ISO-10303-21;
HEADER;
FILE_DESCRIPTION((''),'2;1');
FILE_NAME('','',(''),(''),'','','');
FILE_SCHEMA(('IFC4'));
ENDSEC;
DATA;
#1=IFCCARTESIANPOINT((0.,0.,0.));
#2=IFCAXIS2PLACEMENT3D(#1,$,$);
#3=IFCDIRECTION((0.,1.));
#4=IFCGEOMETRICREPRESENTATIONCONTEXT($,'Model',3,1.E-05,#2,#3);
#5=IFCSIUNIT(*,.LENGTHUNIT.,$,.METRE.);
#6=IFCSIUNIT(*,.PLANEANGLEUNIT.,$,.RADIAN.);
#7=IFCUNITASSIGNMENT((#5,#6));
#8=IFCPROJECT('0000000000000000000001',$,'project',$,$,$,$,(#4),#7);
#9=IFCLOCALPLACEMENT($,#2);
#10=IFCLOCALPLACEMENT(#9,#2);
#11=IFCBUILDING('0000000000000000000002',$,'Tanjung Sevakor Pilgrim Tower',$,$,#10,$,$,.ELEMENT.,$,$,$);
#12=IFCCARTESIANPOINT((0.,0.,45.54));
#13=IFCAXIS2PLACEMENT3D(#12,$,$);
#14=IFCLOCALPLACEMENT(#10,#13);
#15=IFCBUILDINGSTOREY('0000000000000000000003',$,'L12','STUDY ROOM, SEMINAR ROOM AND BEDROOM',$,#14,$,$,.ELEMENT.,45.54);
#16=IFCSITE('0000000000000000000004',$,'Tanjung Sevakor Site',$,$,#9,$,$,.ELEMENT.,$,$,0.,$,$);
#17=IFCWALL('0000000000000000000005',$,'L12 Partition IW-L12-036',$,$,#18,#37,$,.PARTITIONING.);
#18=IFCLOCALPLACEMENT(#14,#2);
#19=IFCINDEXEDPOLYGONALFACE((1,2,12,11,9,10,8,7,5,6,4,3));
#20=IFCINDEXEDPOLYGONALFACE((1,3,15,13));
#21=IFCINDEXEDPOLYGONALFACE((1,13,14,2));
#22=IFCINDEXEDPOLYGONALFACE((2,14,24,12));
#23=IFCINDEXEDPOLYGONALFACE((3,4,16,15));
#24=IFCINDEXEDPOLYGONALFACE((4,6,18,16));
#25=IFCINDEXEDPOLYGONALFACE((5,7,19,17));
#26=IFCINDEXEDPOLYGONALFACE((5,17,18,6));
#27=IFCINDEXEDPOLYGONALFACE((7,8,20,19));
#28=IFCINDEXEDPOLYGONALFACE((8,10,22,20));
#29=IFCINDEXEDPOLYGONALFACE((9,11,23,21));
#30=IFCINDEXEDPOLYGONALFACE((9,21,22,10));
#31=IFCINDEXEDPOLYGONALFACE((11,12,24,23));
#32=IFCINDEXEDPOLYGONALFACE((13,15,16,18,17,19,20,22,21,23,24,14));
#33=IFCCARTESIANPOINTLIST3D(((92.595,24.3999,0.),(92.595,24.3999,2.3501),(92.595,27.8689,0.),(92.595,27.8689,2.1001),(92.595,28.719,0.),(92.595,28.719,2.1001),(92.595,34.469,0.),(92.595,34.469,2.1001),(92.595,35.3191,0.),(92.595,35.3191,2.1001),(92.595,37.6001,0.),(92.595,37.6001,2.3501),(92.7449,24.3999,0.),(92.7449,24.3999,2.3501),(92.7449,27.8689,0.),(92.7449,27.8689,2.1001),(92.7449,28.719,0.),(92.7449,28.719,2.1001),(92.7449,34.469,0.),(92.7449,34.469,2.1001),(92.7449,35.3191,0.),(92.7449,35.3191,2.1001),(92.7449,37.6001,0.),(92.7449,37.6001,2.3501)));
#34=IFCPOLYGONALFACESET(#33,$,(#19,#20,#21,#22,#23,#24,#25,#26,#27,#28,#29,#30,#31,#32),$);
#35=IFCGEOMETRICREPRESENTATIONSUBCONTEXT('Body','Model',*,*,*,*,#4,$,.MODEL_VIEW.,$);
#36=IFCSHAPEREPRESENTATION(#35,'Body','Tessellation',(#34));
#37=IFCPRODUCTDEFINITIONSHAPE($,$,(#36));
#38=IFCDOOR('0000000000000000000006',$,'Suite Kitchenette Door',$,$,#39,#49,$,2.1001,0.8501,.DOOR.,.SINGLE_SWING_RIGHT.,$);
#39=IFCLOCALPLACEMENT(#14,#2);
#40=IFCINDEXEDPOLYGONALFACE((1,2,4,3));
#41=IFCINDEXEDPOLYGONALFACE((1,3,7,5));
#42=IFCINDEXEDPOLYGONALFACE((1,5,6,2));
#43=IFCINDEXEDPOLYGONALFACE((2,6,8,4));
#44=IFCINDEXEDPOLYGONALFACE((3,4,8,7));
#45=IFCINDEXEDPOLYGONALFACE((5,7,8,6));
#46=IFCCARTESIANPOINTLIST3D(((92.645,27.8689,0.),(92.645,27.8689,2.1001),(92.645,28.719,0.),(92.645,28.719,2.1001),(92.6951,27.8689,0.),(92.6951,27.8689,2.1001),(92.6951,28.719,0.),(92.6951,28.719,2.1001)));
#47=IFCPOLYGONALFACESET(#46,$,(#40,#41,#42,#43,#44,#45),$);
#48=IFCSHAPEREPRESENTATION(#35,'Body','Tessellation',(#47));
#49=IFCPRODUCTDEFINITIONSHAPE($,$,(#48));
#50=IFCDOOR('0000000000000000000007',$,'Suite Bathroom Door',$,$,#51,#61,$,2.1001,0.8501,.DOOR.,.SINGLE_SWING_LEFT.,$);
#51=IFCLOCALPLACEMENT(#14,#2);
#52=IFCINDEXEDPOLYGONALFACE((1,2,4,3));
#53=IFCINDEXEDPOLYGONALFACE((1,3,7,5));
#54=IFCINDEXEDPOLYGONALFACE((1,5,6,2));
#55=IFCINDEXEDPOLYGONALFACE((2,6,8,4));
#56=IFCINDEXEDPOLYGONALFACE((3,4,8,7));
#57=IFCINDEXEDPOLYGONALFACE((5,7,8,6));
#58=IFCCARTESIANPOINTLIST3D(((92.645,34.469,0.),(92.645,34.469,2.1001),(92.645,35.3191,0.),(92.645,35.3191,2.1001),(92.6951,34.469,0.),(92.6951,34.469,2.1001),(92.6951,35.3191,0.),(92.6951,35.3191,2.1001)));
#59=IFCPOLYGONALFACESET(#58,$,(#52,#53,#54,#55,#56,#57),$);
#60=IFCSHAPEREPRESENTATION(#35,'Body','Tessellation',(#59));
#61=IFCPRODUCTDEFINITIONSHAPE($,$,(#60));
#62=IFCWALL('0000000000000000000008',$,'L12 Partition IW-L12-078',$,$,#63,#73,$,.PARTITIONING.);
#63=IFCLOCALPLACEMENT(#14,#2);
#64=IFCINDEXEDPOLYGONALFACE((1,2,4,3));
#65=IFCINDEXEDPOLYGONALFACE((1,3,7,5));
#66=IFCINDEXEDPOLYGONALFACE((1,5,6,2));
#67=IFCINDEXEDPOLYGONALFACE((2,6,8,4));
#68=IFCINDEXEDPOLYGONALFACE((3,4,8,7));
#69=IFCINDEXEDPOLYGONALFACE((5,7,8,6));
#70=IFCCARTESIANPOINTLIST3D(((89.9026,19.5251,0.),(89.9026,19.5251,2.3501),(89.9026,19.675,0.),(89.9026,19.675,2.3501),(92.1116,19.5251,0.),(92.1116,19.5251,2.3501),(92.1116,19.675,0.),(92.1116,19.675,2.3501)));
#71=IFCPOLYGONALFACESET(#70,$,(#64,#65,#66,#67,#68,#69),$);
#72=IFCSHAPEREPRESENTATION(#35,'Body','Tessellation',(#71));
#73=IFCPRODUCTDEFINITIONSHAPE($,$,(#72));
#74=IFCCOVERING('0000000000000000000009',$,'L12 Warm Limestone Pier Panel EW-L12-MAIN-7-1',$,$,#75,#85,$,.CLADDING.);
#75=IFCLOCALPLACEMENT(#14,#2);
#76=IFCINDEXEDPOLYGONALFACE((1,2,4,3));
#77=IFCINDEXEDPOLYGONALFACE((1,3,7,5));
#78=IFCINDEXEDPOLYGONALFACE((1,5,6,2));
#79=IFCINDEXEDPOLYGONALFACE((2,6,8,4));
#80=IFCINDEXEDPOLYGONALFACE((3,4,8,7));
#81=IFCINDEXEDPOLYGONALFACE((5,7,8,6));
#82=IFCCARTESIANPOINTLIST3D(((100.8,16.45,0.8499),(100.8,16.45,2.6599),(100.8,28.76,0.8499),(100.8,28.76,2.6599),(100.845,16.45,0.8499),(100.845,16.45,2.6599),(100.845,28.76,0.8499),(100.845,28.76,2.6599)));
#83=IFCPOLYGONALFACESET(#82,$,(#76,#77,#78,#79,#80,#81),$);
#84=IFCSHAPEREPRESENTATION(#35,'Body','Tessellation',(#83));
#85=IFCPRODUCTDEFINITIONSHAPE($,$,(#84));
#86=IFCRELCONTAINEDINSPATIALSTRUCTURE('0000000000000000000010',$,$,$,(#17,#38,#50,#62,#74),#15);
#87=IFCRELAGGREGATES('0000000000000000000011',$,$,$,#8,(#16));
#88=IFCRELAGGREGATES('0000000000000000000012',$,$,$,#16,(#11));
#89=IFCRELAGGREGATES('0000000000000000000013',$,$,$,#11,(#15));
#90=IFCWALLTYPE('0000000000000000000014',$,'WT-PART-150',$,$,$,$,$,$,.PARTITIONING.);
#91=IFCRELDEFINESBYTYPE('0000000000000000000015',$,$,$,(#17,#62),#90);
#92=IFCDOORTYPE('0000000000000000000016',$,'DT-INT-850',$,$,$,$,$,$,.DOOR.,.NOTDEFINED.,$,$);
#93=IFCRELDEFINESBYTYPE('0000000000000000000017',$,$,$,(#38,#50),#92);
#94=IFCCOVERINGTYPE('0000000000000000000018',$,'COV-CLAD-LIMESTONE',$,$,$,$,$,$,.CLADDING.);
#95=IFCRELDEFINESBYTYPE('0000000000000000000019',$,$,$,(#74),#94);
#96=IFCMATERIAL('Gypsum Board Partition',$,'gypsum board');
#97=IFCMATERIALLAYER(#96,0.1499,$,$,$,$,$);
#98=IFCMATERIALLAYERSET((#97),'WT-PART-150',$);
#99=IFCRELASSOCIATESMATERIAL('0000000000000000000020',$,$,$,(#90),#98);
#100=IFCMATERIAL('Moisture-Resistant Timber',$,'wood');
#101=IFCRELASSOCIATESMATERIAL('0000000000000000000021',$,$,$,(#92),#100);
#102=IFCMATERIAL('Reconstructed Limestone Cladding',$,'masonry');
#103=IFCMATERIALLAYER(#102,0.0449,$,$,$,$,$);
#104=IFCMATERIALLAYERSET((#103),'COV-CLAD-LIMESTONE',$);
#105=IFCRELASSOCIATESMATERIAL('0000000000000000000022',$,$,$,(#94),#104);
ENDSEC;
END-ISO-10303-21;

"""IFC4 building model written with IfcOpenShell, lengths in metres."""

from ifc_helpers import new_model, si_unit, direction, frame, frame_2d, origin, origin_2d, place, context, subcontext, project, spatial, rectangle, extrude, material, layer, layer_set, type_object, element, fill, save


model = new_model("IFC4")

# Units and contexts
model_context = context("Model", 3, precision=1e-05, world=origin(), true_north=direction((0.0, 1.0)))
body_context = subcontext(model_context, "Body", "Model", "MODEL_VIEW")
ifc_project = project(units=[si_unit("LENGTHUNIT", "METRE"), si_unit("PLANEANGLEUNIT", "RADIAN")], contexts=[model_context])

# Site, building, storey
site_placement = place(None, origin())
site = spatial("IfcSite", under=ifc_project, at=site_placement, Name="Tanjung Sevakor Site", CompositionType="ELEMENT", RefElevation=0.0)
building_placement = place(site_placement, origin())
building = spatial("IfcBuilding", under=site, at=building_placement, Name="Tanjung Sevakor Pilgrim Tower", CompositionType="ELEMENT")
storey_placement = place(building_placement, frame((0.0, 0.0, 45.54)))
storey = spatial("IfcBuildingStorey", under=building, at=storey_placement, Name="L12", Description="STUDY ROOM, SEMINAR ROOM AND BEDROOM", CompositionType="ELEMENT", Elevation=45.54)

# Shared definitions
ifc_material_1 = material(Name="Gypsum Board Partition", Category="gypsum board")
ifc_layer_1 = layer(ifc_material_1, 0.1499)
ifc_layer_set_1 = layer_set([ifc_layer_1], Name="WT-PART-150")
wall_type_1 = type_object("IfcWallType", Name="WT-PART-150", PredefinedType="PARTITIONING", material=ifc_layer_set_1)
ifc_material_2 = material(Name="Moisture-Resistant Timber", Category="wood")
door_type_1 = type_object("IfcDoorType", Name="DT-INT-850", OperationType="NOTDEFINED", PredefinedType="DOOR", material=ifc_material_2)

# Wall, openings, doors
wall_1_placement = place(storey_placement, frame((92.6699, 24.3999, 0.0), z_axis=(0.0, 0.0, 1.0), x_axis=(0.0, 1.0, 0.0)))
wall_1 = element("IfcWall", 1, at=wall_1_placement, inside=storey, type_object=wall_type_1, Name="L12 Partition IW-L12-036", PredefinedType="PARTITIONING", context=body_context, shape_type="SweptSolid", body=[
    extrude(rectangle(XDim=13.2002, YDim=0.1499, at=frame_2d((6.6001, 0.0))), origin(), (0.0, 0.0, 1.0), 2.3501),
])
opening_1_placement = place(wall_1_placement, frame((3.469, 0.0, 0.0)))
opening_1 = element("IfcOpeningElement", 2, at=opening_1_placement, cuts=wall_1, PredefinedType="OPENING", context=body_context, shape_type="SweptSolid", body=[
    extrude(rectangle(XDim=0.8501, YDim=2.1001, at=frame_2d((0.425, 1.05))), frame((0.0, 0.085, 0.0), z_axis=(0.0, -1.0, 0.0), x_axis=(1.0, 0.0, 0.0)), (0.0, 0.0, 1.0), 0.1699),
])
opening_2_placement = place(wall_1_placement, frame((10.0691, 0.0, 0.0)))
opening_2 = element("IfcOpeningElement", 3, at=opening_2_placement, cuts=wall_1, PredefinedType="OPENING", context=body_context, shape_type="SweptSolid", body=[
    extrude(rectangle(XDim=0.8501, YDim=2.1001, at=frame_2d((0.425, 1.05))), frame((0.0, 0.085, 0.0), z_axis=(0.0, -1.0, 0.0), x_axis=(1.0, 0.0, 0.0)), (0.0, 0.0, 1.0), 0.1699),
])
door_1_placement = place(opening_1_placement, origin())
door_1 = element("IfcDoor", 4, at=door_1_placement, inside=storey, type_object=door_type_1, Name="Suite Kitchenette Door", OperationType="SINGLE_SWING_RIGHT", OverallHeight=2.1001, OverallWidth=0.8501, PredefinedType="DOOR", context=body_context, shape_type="SweptSolid", body=[
    extrude(rectangle(XDim=0.8501, YDim=2.1001, at=frame_2d((0.425, 1.05))), frame((0.0, 0.0249, 0.0), z_axis=(0.0, -1.0, 0.0), x_axis=(1.0, 0.0, 0.0)), (0.0, 0.0, 1.0), 0.05),
])
fill(opening_1, door_1)
door_2_placement = place(opening_2_placement, origin())
door_2 = element("IfcDoor", 5, at=door_2_placement, inside=storey, type_object=door_type_1, Name="Suite Bathroom Door", OperationType="SINGLE_SWING_LEFT", OverallHeight=2.1001, OverallWidth=0.8501, PredefinedType="DOOR", context=body_context, shape_type="SweptSolid", body=[
    extrude(rectangle(XDim=0.8501, YDim=2.1001, at=frame_2d((0.425, 1.05))), frame((0.0, 0.0249, 0.0), z_axis=(0.0, -1.0, 0.0), x_axis=(1.0, 0.0, 0.0)), (0.0, 0.0, 1.0), 0.05),
])
fill(opening_2, door_2)

# Wall
wall_2_placement = place(storey_placement, frame((89.9026, 19.6001, 0.0), z_axis=(0.0, 0.0, 1.0), x_axis=(1.0, 0.0, 0.0)))
element("IfcWall", 6, at=wall_2_placement, inside=storey, type_object=wall_type_1, Name="L12 Partition IW-L12-078", PredefinedType="PARTITIONING", context=body_context, shape_type="SweptSolid", body=[
    extrude(rectangle(XDim=2.209, YDim=0.1499, at=frame_2d((1.1045, 0.0))), origin(), (0.0, 0.0, 1.0), 2.3501),
])

# Covering
ifc_material_3 = material(Name="Reconstructed Limestone Cladding", Category="masonry")
ifc_layer_2 = layer(ifc_material_3, 0.0449)
ifc_layer_set_2 = layer_set([ifc_layer_2], Name="COV-CLAD-LIMESTONE")
covering_type = type_object("IfcCoveringType", Name="COV-CLAD-LIMESTONE", PredefinedType="CLADDING", material=ifc_layer_set_2)
covering_placement = place(storey_placement, frame((100.8225, 22.605, 0.8499), z_axis=(0.0, 0.0, 1.0), x_axis=(0.0, 1.0, 0.0)))
element("IfcCovering", 7, at=covering_placement, inside=storey, type_object=covering_type, Name="L12 Warm Limestone Pier Panel EW-L12-MAIN-7-1", PredefinedType="CLADDING", context=body_context, shape_type="SweptSolid", body=[
    extrude(rectangle(XDim=12.3101, YDim=0.0449, at=origin_2d()), origin(), (0.0, 0.0, 1.0), 1.8101),
])

save(model, "model.ifc")
